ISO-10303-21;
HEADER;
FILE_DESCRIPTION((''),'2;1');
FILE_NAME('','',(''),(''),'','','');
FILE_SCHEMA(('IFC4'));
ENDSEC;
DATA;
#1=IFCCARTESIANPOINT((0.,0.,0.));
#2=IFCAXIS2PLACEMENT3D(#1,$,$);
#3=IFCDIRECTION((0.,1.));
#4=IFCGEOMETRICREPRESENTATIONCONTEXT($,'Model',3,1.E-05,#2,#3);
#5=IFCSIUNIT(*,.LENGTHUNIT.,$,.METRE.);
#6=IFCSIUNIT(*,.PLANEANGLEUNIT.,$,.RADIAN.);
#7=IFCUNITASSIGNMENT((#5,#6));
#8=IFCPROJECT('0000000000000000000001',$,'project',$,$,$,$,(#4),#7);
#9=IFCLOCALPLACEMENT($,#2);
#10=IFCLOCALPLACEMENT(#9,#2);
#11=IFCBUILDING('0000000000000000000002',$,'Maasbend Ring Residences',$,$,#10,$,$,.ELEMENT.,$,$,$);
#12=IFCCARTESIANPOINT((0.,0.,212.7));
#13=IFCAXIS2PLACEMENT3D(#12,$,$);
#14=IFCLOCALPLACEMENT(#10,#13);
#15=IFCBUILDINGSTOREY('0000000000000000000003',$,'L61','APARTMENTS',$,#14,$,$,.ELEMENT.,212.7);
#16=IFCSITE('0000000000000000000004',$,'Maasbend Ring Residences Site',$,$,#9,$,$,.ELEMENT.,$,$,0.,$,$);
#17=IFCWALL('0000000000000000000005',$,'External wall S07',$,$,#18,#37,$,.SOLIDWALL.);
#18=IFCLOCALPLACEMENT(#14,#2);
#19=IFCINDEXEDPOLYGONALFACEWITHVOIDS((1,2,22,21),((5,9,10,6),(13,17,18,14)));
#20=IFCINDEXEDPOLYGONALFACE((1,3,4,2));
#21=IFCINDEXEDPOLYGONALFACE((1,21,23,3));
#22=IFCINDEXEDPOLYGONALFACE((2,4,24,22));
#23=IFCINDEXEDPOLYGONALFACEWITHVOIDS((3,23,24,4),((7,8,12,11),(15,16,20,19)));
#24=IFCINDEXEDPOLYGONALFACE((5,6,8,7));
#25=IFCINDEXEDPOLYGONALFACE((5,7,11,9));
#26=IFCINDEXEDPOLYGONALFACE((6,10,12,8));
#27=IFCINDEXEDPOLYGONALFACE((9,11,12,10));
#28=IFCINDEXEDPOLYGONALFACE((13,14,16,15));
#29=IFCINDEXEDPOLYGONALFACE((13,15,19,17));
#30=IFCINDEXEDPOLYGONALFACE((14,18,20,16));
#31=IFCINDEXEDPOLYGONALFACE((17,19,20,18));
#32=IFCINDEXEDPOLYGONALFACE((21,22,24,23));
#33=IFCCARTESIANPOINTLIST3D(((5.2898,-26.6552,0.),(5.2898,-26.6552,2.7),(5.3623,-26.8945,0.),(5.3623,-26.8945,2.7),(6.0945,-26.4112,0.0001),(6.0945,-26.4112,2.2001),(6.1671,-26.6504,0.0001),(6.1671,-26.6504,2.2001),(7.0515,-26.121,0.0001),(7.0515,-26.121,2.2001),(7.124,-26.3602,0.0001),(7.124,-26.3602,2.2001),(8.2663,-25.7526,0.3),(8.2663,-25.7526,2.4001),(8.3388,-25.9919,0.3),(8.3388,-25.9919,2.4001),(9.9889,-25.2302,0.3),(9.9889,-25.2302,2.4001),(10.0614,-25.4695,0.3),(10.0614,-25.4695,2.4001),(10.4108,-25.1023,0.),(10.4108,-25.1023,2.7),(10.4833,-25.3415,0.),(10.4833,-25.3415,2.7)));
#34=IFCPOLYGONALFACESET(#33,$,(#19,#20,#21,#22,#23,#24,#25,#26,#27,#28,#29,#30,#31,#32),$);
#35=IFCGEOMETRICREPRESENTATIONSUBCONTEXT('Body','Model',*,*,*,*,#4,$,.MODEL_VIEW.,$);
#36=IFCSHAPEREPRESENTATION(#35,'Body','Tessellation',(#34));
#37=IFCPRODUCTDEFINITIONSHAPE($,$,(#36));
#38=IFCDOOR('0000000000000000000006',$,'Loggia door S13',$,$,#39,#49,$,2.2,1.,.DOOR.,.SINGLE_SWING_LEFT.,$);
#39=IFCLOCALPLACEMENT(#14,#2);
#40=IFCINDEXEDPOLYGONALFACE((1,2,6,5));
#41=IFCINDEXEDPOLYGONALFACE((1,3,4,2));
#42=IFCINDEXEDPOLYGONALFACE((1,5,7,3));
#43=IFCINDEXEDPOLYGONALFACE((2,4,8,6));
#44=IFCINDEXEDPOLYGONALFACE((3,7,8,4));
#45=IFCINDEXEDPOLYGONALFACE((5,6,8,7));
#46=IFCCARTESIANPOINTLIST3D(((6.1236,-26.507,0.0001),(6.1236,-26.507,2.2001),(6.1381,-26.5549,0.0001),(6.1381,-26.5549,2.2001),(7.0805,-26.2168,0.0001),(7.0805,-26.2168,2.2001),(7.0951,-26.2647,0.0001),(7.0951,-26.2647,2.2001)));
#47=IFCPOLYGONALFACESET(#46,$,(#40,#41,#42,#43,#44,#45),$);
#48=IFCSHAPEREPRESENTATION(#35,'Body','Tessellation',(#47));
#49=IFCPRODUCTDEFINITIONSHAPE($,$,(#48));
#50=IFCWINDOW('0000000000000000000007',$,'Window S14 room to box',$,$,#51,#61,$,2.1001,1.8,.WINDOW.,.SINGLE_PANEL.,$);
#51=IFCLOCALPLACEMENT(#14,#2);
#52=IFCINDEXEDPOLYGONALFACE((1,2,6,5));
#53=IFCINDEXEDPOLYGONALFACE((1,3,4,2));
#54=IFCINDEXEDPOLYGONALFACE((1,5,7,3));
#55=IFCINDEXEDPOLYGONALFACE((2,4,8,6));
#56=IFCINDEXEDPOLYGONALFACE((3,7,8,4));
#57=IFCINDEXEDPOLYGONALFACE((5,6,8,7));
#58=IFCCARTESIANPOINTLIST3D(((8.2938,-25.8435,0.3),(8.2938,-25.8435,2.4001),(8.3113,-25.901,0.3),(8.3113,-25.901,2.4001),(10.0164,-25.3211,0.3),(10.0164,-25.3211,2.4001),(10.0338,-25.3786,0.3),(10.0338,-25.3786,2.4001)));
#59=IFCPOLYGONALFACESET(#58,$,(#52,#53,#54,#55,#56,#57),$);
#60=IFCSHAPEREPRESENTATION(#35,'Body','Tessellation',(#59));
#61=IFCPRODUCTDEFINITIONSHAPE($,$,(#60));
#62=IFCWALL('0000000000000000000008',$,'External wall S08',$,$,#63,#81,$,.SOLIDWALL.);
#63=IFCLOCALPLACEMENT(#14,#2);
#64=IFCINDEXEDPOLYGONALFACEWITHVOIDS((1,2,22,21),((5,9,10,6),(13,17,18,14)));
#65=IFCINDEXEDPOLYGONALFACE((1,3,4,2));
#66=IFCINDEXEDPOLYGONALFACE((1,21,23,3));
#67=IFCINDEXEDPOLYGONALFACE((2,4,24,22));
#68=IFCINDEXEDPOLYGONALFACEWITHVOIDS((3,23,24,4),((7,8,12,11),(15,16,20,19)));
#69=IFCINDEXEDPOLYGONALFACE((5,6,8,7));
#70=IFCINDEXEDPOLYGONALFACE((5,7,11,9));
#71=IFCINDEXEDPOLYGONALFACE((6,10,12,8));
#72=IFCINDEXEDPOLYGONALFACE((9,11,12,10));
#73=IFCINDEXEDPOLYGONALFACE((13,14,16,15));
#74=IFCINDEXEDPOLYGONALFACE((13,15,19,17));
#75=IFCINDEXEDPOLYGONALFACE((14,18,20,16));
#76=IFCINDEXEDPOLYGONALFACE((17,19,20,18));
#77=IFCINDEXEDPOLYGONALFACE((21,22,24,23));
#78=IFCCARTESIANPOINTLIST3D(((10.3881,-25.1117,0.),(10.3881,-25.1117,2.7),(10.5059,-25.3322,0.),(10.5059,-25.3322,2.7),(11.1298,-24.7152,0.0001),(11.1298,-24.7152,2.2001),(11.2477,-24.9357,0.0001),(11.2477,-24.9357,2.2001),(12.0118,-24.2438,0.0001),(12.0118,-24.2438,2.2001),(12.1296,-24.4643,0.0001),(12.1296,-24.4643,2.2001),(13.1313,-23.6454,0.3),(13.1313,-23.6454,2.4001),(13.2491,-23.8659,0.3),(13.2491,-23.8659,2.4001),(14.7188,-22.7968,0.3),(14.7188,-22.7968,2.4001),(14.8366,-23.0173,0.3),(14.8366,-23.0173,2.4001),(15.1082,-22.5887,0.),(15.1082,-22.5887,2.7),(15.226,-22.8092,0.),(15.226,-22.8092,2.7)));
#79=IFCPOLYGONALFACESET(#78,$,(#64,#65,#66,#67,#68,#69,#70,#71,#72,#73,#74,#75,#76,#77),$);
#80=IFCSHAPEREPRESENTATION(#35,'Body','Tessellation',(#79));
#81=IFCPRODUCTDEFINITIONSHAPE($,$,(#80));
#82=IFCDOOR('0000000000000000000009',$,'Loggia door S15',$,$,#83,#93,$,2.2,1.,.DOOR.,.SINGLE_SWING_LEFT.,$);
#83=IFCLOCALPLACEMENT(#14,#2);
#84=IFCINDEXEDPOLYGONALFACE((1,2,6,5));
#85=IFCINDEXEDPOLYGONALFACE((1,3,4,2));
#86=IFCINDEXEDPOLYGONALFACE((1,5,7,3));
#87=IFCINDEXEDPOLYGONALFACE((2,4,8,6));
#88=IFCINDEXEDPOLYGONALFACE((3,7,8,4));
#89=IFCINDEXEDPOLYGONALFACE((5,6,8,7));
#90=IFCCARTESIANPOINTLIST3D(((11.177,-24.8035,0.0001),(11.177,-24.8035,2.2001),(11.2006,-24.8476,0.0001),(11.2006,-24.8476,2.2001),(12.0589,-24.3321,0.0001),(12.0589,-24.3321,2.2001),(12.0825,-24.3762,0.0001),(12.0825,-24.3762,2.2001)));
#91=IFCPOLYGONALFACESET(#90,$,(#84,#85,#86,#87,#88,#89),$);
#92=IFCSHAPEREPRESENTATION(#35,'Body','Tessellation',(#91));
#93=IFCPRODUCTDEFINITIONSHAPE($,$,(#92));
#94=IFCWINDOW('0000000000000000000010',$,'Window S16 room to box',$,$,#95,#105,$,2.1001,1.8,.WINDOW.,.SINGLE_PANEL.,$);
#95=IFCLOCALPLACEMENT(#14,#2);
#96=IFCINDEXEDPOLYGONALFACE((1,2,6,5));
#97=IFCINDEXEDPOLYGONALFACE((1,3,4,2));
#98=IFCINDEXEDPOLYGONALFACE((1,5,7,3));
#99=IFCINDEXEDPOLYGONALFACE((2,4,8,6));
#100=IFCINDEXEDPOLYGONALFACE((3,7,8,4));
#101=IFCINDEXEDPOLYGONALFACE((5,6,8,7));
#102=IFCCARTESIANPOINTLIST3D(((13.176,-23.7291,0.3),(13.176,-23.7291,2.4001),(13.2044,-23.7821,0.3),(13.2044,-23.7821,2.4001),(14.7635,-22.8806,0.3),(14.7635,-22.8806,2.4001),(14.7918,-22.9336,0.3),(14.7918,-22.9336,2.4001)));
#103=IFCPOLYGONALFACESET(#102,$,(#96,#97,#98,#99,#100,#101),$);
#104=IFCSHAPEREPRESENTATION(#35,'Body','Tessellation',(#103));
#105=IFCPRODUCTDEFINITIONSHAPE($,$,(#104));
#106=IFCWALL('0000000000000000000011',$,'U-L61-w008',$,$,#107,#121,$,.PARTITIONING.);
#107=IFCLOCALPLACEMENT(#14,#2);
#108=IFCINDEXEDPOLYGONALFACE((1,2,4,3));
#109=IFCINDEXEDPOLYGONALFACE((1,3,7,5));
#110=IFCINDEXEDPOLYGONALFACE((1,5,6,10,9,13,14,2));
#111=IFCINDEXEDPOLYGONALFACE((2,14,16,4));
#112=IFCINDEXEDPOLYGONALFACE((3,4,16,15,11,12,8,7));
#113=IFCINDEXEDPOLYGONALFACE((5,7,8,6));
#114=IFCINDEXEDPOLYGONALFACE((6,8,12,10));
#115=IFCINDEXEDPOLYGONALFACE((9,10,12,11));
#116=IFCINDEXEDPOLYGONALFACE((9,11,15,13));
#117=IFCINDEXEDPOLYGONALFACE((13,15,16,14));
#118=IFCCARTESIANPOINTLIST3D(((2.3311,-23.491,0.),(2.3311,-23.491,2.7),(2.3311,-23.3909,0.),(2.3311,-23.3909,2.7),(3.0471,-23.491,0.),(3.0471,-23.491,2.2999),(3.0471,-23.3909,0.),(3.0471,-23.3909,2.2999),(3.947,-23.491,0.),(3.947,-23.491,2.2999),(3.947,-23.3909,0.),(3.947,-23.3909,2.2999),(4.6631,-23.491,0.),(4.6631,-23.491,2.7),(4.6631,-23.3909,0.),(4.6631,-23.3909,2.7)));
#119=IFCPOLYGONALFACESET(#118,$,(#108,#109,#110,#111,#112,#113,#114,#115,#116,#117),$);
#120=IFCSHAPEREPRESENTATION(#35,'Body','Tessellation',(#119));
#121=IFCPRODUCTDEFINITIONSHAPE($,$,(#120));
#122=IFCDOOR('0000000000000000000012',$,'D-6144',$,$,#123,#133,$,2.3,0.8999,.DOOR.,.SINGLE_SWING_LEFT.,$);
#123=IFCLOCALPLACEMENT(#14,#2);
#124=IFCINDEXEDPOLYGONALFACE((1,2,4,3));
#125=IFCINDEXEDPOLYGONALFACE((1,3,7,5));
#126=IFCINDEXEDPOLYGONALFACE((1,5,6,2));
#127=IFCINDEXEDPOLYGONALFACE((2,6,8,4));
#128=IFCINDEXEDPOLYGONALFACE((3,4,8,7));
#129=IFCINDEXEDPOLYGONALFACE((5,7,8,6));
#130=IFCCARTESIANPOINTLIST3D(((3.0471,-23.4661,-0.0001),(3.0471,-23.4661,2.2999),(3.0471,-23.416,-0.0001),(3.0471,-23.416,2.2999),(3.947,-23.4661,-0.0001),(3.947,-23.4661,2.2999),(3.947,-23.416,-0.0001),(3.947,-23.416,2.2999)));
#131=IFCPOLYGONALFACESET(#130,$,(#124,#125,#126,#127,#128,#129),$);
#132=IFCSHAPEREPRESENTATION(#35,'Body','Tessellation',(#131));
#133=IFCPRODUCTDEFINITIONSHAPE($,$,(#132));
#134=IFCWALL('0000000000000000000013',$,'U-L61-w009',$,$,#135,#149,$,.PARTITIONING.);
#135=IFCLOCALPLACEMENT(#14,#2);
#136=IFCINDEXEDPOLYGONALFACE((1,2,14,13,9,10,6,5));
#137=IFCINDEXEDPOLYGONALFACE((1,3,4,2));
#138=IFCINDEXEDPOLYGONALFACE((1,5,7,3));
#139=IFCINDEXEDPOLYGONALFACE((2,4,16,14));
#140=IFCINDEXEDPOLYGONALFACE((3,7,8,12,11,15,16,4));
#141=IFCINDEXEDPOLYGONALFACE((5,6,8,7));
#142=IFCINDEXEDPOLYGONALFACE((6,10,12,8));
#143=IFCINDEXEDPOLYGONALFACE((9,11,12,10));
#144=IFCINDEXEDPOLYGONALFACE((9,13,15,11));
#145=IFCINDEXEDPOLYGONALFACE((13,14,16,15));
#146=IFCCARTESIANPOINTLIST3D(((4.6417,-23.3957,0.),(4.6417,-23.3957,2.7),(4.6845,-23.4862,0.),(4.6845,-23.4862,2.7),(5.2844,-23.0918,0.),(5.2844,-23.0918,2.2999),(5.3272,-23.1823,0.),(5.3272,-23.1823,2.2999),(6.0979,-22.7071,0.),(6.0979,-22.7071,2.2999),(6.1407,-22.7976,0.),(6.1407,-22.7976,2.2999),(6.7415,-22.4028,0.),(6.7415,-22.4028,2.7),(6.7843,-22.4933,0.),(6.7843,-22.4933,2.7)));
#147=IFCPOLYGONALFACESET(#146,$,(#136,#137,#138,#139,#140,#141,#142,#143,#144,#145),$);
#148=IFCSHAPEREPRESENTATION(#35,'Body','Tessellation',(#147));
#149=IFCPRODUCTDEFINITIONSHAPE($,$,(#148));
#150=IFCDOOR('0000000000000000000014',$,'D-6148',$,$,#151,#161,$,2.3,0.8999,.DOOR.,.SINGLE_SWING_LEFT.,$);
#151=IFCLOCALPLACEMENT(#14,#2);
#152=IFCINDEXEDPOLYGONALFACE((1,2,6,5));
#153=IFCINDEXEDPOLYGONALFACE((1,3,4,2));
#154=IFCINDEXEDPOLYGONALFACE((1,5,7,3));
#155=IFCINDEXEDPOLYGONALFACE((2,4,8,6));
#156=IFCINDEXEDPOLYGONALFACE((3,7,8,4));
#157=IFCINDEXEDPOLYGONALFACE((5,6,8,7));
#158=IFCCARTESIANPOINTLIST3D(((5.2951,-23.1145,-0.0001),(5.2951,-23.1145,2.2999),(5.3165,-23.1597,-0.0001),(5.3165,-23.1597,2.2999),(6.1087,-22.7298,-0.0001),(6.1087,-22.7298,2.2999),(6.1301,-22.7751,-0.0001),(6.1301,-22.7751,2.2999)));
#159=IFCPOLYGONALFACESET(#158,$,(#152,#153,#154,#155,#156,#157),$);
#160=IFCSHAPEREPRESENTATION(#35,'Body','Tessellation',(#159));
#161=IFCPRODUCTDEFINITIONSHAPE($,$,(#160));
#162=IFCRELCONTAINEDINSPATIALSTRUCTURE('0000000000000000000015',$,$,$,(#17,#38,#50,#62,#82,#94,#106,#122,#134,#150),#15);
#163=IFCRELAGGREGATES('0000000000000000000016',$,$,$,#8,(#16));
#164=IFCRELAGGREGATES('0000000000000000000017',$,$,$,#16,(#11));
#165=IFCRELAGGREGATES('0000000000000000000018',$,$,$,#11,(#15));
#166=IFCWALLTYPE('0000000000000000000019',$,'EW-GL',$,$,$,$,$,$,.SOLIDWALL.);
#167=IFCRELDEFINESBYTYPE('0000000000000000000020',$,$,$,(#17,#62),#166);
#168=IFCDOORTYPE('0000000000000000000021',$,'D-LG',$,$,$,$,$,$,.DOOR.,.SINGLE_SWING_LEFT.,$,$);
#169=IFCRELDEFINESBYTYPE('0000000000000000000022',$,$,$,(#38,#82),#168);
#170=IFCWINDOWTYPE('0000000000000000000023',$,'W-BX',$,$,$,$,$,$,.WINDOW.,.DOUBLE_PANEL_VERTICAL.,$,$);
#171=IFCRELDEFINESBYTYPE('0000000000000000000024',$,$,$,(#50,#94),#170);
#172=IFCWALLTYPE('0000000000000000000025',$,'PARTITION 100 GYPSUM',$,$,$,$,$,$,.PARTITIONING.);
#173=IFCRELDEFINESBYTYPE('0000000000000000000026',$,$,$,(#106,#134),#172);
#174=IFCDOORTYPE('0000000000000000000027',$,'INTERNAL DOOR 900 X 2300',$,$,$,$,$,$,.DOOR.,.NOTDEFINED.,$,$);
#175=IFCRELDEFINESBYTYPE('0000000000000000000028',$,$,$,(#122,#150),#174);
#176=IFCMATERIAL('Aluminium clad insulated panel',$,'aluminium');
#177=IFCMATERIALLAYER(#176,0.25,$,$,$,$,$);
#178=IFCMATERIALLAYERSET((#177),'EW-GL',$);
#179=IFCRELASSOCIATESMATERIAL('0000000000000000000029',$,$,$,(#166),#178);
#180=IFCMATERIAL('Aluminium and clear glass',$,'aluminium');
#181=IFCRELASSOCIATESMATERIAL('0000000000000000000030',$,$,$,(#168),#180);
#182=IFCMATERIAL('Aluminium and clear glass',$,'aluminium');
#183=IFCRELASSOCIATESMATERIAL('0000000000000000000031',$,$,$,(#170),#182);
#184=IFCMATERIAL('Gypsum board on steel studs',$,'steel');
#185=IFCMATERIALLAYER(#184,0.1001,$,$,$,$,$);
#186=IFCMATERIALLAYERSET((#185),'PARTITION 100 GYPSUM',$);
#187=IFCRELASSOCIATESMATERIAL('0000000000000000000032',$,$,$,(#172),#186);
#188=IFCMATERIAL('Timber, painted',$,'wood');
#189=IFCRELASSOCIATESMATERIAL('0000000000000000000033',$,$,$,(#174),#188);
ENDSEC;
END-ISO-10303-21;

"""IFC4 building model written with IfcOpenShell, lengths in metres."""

from ifc_helpers import new_model, si_unit, direction, frame, frame_2d, origin, place, context, subcontext, project, spatial, rectangle, extrude, material, layer, layer_set, type_object, element, fill, save


model = new_model("IFC4")

# Units and contexts
model_context = context("Model", 3, precision=1e-05, world=origin(), true_north=direction((0.0, 1.0)))
body_context = subcontext(model_context, "Body", "Model", "MODEL_VIEW")
ifc_project = project(units=[si_unit("LENGTHUNIT", "METRE"), si_unit("PLANEANGLEUNIT", "RADIAN")], contexts=[model_context])

# Site, building, storey
site_placement = place(None, origin())
site = spatial("IfcSite", under=ifc_project, at=site_placement, Name="Maasbend Ring Residences Site", CompositionType="ELEMENT", RefElevation=0.0)
building_placement = place(site_placement, origin())
building = spatial("IfcBuilding", under=site, at=building_placement, Name="Maasbend Ring Residences", CompositionType="ELEMENT")
storey_placement = place(building_placement, frame((0.0, 0.0, 212.7)))
storey = spatial("IfcBuildingStorey", under=building, at=storey_placement, Name="L61", Description="APARTMENTS", CompositionType="ELEMENT", Elevation=212.7)

# Walls, openings, doors, windows
ifc_material_1 = material(Name="Aluminium clad insulated panel", Category="aluminium")
ifc_layer_1 = layer(ifc_material_1, 0.25)
ifc_layer_set_1 = layer_set([ifc_layer_1], Name="EW-GL")
wall_type_1 = type_object("IfcWallType", Name="EW-GL", PredefinedType="SOLIDWALL", material=ifc_layer_set_1)
wall_1_placement = place(storey_placement, frame((5.3259, -26.7749, 0.0), z_axis=(0.0, 0.0, 1.0), x_axis=(0.956966, 0.290201, 0.0)))
wall_1 = element("IfcWall", 1, at=wall_1_placement, inside=storey, type_object=wall_type_1, Name="External wall S07", PredefinedType="SOLIDWALL", context=body_context, shape_type="SweptSolid", body=[
    extrude(rectangle(XDim=5.3513, YDim=0.25, at=frame_2d((2.6758, 0.0))), origin(), (0.0, 0.0, 1.0), 2.7),
])
opening_1_placement = place(wall_1_placement, frame((0.8411, 0.0, 0.0)))
opening_1 = element("IfcOpeningElement", 2, at=opening_1_placement, cuts=wall_1, PredefinedType="OPENING", context=body_context, shape_type="SweptSolid", body=[
    extrude(rectangle(XDim=1.0, YDim=2.2, at=frame_2d((0.5, 1.1001))), frame((0.0, 0.135, 0.0), z_axis=(0.0, -1.0, 0.0), x_axis=(1.0, 0.0, 0.0)), (0.0, 0.0, 1.0), 0.27),
])
opening_2_placement = place(wall_1_placement, frame((3.1106, 0.0, 0.3)))
opening_2 = element("IfcOpeningElement", 3, at=opening_2_placement, cuts=wall_1, PredefinedType="OPENING", context=body_context, shape_type="SweptSolid", body=[
    extrude(rectangle(XDim=1.8, YDim=2.1001, at=frame_2d((0.8999, 1.05))), frame((0.0, 0.135, 0.0), z_axis=(0.0, -1.0, 0.0), x_axis=(1.0, 0.0, 0.0)), (0.0, 0.0, 1.0), 0.27),
])
ifc_material_2 = material(Name="Aluminium and clear glass", Category="aluminium")
door_type_1 = type_object("IfcDoorType", Name="D-LG", OperationType="SINGLE_SWING_LEFT", PredefinedType="DOOR", material=ifc_material_2)
door_1_placement = place(opening_1_placement, origin())
door_1 = element("IfcDoor", 4, at=door_1_placement, inside=storey, type_object=door_type_1, Name="Loggia door S13", OperationType="SINGLE_SWING_LEFT", OverallHeight=2.2, OverallWidth=1.0, PredefinedType="DOOR", context=body_context, shape_type="SweptSolid", body=[
    extrude(rectangle(XDim=1.0, YDim=2.2, at=frame_2d((0.5, 1.1001))), frame((0.0, 0.0249, 0.0), z_axis=(0.0, -1.0, 0.0), x_axis=(1.0, 0.0, 0.0)), (0.0, 0.0, 1.0), 0.05),
])
fill(opening_1, door_1)
ifc_material_3 = material(Name="Aluminium and clear glass", Category="aluminium")
window_type_1 = type_object("IfcWindowType", Name="W-BX", PartitioningType="DOUBLE_PANEL_VERTICAL", PredefinedType="WINDOW", material=ifc_material_3)
window_1_placement = place(opening_2_placement, origin())
window_1 = element("IfcWindow", 5, at=window_1_placement, inside=storey, type_object=window_type_1, Name="Window S14 room to box", OverallHeight=2.1001, OverallWidth=1.8, PartitioningType="SINGLE_PANEL", PredefinedType="WINDOW", context=body_context, shape_type="SweptSolid", body=[
    extrude(rectangle(XDim=1.8, YDim=2.1001, at=frame_2d((0.8999, 1.05))), frame((0.0, 0.03, 0.0), z_axis=(0.0, -1.0, 0.0), x_axis=(1.0, 0.0, 0.0)), (0.0, 0.0, 1.0), 0.0601),
])
fill(opening_2, window_1)
wall_2_placement = place(storey_placement, frame((10.447, -25.2219, 0.0), z_axis=(0.0, 0.0, 1.0), x_axis=(0.881916, 0.471407, 0.0)))
wall_2 = element("IfcWall", 6, at=wall_2_placement, inside=storey, type_object=wall_type_1, Name="External wall S08", PredefinedType="SOLIDWALL", context=body_context, shape_type="SweptSolid", body=[
    extrude(rectangle(XDim=5.3521, YDim=0.25, at=frame_2d((2.676, 0.0))), origin(), (0.0, 0.0, 1.0), 2.7),
])
opening_3_placement = place(wall_2_placement, frame((0.8411, 0.0, 0.0)))
opening_3 = element("IfcOpeningElement", 7, at=opening_3_placement, cuts=wall_2, PredefinedType="OPENING", context=body_context, shape_type="SweptSolid", body=[
    extrude(rectangle(XDim=1.0, YDim=2.2, at=frame_2d((0.5, 1.1001))), frame((0.0, 0.135, 0.0), z_axis=(0.0, -1.0, 0.0), x_axis=(1.0, 0.0, 0.0)), (0.0, 0.0, 1.0), 0.27),
])
opening_4_placement = place(wall_2_placement, frame((3.1106, 0.0, 0.3)))
opening_4 = element("IfcOpeningElement", 8, at=opening_4_placement, cuts=wall_2, PredefinedType="OPENING", context=body_context, shape_type="SweptSolid", body=[
    extrude(rectangle(XDim=1.8, YDim=2.1001, at=frame_2d((0.8999, 1.05))), frame((0.0, 0.135, 0.0), z_axis=(0.0, -1.0, 0.0), x_axis=(1.0, 0.0, 0.0)), (0.0, 0.0, 1.0), 0.27),
])
door_2_placement = place(opening_3_placement, origin())
door_2 = element("IfcDoor", 9, at=door_2_placement, inside=storey, type_object=door_type_1, Name="Loggia door S15", OperationType="SINGLE_SWING_LEFT", OverallHeight=2.2, OverallWidth=1.0, PredefinedType="DOOR", context=body_context, shape_type="SweptSolid", body=[
    extrude(rectangle(XDim=1.0, YDim=2.2, at=frame_2d((0.5, 1.1001))), frame((0.0, 0.0249, 0.0), z_axis=(0.0, -1.0, 0.0), x_axis=(1.0, 0.0, 0.0)), (0.0, 0.0, 1.0), 0.05),
])
fill(opening_3, door_2)
window_2_placement = place(opening_4_placement, origin())
window_2 = element("IfcWindow", 10, at=window_2_placement, inside=storey, type_object=window_type_1, Name="Window S16 room to box", OverallHeight=2.1001, OverallWidth=1.8, PartitioningType="SINGLE_PANEL", PredefinedType="WINDOW", context=body_context, shape_type="SweptSolid", body=[
    extrude(rectangle(XDim=1.8, YDim=2.1001, at=frame_2d((0.8999, 1.05))), frame((0.0, 0.03, 0.0), z_axis=(0.0, -1.0, 0.0), x_axis=(1.0, 0.0, 0.0)), (0.0, 0.0, 1.0), 0.0601),
])
fill(opening_4, window_2)

# Walls, openings, doors
ifc_material_4 = material(Name="Gypsum board on steel studs", Category="steel")
ifc_layer_2 = layer(ifc_material_4, 0.1001)
ifc_layer_set_2 = layer_set([ifc_layer_2], Name="PARTITION 100 GYPSUM")
wall_type_2 = type_object("IfcWallType", Name="PARTITION 100 GYPSUM", PredefinedType="PARTITIONING", material=ifc_layer_set_2)
wall_3_placement = place(storey_placement, frame((2.3311, -23.4409, 0.0), z_axis=(0.0, 0.0, 1.0), x_axis=(1.0, 0.0, 0.0)))
wall_3 = element("IfcWall", 11, at=wall_3_placement, inside=storey, type_object=wall_type_2, Name="U-L61-w008", PredefinedType="PARTITIONING", context=body_context, shape_type="SweptSolid", body=[
    extrude(rectangle(XDim=2.332, YDim=0.1001, at=frame_2d((1.166, 0.0))), origin(), (0.0, 0.0, 1.0), 2.7),
])
opening_5_placement = place(wall_3_placement, frame((0.7161, 0.0, 0.0)))
opening_5 = element("IfcOpeningElement", 12, at=opening_5_placement, cuts=wall_3, PredefinedType="OPENING", context=body_context, shape_type="SweptSolid", body=[
    extrude(rectangle(XDim=0.8999, YDim=2.3, at=frame_2d((0.45, 1.1499))), frame((0.0, 0.0601, 0.0), z_axis=(0.0, -1.0, 0.0), x_axis=(1.0, 0.0, 0.0)), (0.0, 0.0, 1.0), 0.1201),
])
ifc_material_5 = material(Name="Timber, painted", Category="wood")
door_type_2 = type_object("IfcDoorType", Name="INTERNAL DOOR 900 X 2300", OperationType="NOTDEFINED", PredefinedType="DOOR", material=ifc_material_5)
door_3_placement = place(opening_5_placement, origin())
door_3 = element("IfcDoor", 13, at=door_3_placement, inside=storey, type_object=door_type_2, Name="D-6144", OperationType="SINGLE_SWING_LEFT", OverallHeight=2.3, OverallWidth=0.8999, PredefinedType="DOOR", context=body_context, shape_type="SweptSolid", body=[
    extrude(rectangle(XDim=0.8999, YDim=2.3, at=frame_2d((0.45, 1.1499))), frame((0.0, 0.0249, 0.0), z_axis=(0.0, -1.0, 0.0), x_axis=(1.0, 0.0, 0.0)), (0.0, 0.0, 1.0), 0.05),
])
fill(opening_5, door_3)
wall_4_placement = place(storey_placement, frame((4.6631, -23.4409, 0.0), z_axis=(0.0, 0.0, 1.0), x_axis=(0.904029, 0.427472, 0.0)))
wall_4 = element("IfcWall", 14, at=wall_4_placement, inside=storey, type_object=wall_type_2, Name="U-L61-w009", PredefinedType="PARTITIONING", context=body_context, shape_type="SweptSolid", body=[
    extrude(rectangle(XDim=2.3228, YDim=0.1001, at=frame_2d((1.1614, 0.0))), origin(), (0.0, 0.0, 1.0), 2.7),
])
opening_6_placement = place(wall_4_placement, frame((0.7109, 0.0, 0.0)))
opening_6 = element("IfcOpeningElement", 15, at=opening_6_placement, cuts=wall_4, PredefinedType="OPENING", context=body_context, shape_type="SweptSolid", body=[
    extrude(rectangle(XDim=0.8999, YDim=2.3, at=frame_2d((0.45, 1.1499))), frame((0.0, 0.0601, 0.0), z_axis=(0.0, -1.0, 0.0), x_axis=(1.0, 0.0, 0.0)), (0.0, 0.0, 1.0), 0.1201),
])
door_4_placement = place(opening_6_placement, origin())
door_4 = element("IfcDoor", 16, at=door_4_placement, inside=storey, type_object=door_type_2, Name="D-6148", OperationType="SINGLE_SWING_LEFT", OverallHeight=2.3, OverallWidth=0.8999, PredefinedType="DOOR", context=body_context, shape_type="SweptSolid", body=[
    extrude(rectangle(XDim=0.8999, YDim=2.3, at=frame_2d((0.45, 1.1499))), frame((0.0, 0.0249, 0.0), z_axis=(0.0, -1.0, 0.0), x_axis=(1.0, 0.0, 0.0)), (0.0, 0.0, 1.0), 0.05),
])
fill(opening_6, door_4)

save(model, "model.ifc")
